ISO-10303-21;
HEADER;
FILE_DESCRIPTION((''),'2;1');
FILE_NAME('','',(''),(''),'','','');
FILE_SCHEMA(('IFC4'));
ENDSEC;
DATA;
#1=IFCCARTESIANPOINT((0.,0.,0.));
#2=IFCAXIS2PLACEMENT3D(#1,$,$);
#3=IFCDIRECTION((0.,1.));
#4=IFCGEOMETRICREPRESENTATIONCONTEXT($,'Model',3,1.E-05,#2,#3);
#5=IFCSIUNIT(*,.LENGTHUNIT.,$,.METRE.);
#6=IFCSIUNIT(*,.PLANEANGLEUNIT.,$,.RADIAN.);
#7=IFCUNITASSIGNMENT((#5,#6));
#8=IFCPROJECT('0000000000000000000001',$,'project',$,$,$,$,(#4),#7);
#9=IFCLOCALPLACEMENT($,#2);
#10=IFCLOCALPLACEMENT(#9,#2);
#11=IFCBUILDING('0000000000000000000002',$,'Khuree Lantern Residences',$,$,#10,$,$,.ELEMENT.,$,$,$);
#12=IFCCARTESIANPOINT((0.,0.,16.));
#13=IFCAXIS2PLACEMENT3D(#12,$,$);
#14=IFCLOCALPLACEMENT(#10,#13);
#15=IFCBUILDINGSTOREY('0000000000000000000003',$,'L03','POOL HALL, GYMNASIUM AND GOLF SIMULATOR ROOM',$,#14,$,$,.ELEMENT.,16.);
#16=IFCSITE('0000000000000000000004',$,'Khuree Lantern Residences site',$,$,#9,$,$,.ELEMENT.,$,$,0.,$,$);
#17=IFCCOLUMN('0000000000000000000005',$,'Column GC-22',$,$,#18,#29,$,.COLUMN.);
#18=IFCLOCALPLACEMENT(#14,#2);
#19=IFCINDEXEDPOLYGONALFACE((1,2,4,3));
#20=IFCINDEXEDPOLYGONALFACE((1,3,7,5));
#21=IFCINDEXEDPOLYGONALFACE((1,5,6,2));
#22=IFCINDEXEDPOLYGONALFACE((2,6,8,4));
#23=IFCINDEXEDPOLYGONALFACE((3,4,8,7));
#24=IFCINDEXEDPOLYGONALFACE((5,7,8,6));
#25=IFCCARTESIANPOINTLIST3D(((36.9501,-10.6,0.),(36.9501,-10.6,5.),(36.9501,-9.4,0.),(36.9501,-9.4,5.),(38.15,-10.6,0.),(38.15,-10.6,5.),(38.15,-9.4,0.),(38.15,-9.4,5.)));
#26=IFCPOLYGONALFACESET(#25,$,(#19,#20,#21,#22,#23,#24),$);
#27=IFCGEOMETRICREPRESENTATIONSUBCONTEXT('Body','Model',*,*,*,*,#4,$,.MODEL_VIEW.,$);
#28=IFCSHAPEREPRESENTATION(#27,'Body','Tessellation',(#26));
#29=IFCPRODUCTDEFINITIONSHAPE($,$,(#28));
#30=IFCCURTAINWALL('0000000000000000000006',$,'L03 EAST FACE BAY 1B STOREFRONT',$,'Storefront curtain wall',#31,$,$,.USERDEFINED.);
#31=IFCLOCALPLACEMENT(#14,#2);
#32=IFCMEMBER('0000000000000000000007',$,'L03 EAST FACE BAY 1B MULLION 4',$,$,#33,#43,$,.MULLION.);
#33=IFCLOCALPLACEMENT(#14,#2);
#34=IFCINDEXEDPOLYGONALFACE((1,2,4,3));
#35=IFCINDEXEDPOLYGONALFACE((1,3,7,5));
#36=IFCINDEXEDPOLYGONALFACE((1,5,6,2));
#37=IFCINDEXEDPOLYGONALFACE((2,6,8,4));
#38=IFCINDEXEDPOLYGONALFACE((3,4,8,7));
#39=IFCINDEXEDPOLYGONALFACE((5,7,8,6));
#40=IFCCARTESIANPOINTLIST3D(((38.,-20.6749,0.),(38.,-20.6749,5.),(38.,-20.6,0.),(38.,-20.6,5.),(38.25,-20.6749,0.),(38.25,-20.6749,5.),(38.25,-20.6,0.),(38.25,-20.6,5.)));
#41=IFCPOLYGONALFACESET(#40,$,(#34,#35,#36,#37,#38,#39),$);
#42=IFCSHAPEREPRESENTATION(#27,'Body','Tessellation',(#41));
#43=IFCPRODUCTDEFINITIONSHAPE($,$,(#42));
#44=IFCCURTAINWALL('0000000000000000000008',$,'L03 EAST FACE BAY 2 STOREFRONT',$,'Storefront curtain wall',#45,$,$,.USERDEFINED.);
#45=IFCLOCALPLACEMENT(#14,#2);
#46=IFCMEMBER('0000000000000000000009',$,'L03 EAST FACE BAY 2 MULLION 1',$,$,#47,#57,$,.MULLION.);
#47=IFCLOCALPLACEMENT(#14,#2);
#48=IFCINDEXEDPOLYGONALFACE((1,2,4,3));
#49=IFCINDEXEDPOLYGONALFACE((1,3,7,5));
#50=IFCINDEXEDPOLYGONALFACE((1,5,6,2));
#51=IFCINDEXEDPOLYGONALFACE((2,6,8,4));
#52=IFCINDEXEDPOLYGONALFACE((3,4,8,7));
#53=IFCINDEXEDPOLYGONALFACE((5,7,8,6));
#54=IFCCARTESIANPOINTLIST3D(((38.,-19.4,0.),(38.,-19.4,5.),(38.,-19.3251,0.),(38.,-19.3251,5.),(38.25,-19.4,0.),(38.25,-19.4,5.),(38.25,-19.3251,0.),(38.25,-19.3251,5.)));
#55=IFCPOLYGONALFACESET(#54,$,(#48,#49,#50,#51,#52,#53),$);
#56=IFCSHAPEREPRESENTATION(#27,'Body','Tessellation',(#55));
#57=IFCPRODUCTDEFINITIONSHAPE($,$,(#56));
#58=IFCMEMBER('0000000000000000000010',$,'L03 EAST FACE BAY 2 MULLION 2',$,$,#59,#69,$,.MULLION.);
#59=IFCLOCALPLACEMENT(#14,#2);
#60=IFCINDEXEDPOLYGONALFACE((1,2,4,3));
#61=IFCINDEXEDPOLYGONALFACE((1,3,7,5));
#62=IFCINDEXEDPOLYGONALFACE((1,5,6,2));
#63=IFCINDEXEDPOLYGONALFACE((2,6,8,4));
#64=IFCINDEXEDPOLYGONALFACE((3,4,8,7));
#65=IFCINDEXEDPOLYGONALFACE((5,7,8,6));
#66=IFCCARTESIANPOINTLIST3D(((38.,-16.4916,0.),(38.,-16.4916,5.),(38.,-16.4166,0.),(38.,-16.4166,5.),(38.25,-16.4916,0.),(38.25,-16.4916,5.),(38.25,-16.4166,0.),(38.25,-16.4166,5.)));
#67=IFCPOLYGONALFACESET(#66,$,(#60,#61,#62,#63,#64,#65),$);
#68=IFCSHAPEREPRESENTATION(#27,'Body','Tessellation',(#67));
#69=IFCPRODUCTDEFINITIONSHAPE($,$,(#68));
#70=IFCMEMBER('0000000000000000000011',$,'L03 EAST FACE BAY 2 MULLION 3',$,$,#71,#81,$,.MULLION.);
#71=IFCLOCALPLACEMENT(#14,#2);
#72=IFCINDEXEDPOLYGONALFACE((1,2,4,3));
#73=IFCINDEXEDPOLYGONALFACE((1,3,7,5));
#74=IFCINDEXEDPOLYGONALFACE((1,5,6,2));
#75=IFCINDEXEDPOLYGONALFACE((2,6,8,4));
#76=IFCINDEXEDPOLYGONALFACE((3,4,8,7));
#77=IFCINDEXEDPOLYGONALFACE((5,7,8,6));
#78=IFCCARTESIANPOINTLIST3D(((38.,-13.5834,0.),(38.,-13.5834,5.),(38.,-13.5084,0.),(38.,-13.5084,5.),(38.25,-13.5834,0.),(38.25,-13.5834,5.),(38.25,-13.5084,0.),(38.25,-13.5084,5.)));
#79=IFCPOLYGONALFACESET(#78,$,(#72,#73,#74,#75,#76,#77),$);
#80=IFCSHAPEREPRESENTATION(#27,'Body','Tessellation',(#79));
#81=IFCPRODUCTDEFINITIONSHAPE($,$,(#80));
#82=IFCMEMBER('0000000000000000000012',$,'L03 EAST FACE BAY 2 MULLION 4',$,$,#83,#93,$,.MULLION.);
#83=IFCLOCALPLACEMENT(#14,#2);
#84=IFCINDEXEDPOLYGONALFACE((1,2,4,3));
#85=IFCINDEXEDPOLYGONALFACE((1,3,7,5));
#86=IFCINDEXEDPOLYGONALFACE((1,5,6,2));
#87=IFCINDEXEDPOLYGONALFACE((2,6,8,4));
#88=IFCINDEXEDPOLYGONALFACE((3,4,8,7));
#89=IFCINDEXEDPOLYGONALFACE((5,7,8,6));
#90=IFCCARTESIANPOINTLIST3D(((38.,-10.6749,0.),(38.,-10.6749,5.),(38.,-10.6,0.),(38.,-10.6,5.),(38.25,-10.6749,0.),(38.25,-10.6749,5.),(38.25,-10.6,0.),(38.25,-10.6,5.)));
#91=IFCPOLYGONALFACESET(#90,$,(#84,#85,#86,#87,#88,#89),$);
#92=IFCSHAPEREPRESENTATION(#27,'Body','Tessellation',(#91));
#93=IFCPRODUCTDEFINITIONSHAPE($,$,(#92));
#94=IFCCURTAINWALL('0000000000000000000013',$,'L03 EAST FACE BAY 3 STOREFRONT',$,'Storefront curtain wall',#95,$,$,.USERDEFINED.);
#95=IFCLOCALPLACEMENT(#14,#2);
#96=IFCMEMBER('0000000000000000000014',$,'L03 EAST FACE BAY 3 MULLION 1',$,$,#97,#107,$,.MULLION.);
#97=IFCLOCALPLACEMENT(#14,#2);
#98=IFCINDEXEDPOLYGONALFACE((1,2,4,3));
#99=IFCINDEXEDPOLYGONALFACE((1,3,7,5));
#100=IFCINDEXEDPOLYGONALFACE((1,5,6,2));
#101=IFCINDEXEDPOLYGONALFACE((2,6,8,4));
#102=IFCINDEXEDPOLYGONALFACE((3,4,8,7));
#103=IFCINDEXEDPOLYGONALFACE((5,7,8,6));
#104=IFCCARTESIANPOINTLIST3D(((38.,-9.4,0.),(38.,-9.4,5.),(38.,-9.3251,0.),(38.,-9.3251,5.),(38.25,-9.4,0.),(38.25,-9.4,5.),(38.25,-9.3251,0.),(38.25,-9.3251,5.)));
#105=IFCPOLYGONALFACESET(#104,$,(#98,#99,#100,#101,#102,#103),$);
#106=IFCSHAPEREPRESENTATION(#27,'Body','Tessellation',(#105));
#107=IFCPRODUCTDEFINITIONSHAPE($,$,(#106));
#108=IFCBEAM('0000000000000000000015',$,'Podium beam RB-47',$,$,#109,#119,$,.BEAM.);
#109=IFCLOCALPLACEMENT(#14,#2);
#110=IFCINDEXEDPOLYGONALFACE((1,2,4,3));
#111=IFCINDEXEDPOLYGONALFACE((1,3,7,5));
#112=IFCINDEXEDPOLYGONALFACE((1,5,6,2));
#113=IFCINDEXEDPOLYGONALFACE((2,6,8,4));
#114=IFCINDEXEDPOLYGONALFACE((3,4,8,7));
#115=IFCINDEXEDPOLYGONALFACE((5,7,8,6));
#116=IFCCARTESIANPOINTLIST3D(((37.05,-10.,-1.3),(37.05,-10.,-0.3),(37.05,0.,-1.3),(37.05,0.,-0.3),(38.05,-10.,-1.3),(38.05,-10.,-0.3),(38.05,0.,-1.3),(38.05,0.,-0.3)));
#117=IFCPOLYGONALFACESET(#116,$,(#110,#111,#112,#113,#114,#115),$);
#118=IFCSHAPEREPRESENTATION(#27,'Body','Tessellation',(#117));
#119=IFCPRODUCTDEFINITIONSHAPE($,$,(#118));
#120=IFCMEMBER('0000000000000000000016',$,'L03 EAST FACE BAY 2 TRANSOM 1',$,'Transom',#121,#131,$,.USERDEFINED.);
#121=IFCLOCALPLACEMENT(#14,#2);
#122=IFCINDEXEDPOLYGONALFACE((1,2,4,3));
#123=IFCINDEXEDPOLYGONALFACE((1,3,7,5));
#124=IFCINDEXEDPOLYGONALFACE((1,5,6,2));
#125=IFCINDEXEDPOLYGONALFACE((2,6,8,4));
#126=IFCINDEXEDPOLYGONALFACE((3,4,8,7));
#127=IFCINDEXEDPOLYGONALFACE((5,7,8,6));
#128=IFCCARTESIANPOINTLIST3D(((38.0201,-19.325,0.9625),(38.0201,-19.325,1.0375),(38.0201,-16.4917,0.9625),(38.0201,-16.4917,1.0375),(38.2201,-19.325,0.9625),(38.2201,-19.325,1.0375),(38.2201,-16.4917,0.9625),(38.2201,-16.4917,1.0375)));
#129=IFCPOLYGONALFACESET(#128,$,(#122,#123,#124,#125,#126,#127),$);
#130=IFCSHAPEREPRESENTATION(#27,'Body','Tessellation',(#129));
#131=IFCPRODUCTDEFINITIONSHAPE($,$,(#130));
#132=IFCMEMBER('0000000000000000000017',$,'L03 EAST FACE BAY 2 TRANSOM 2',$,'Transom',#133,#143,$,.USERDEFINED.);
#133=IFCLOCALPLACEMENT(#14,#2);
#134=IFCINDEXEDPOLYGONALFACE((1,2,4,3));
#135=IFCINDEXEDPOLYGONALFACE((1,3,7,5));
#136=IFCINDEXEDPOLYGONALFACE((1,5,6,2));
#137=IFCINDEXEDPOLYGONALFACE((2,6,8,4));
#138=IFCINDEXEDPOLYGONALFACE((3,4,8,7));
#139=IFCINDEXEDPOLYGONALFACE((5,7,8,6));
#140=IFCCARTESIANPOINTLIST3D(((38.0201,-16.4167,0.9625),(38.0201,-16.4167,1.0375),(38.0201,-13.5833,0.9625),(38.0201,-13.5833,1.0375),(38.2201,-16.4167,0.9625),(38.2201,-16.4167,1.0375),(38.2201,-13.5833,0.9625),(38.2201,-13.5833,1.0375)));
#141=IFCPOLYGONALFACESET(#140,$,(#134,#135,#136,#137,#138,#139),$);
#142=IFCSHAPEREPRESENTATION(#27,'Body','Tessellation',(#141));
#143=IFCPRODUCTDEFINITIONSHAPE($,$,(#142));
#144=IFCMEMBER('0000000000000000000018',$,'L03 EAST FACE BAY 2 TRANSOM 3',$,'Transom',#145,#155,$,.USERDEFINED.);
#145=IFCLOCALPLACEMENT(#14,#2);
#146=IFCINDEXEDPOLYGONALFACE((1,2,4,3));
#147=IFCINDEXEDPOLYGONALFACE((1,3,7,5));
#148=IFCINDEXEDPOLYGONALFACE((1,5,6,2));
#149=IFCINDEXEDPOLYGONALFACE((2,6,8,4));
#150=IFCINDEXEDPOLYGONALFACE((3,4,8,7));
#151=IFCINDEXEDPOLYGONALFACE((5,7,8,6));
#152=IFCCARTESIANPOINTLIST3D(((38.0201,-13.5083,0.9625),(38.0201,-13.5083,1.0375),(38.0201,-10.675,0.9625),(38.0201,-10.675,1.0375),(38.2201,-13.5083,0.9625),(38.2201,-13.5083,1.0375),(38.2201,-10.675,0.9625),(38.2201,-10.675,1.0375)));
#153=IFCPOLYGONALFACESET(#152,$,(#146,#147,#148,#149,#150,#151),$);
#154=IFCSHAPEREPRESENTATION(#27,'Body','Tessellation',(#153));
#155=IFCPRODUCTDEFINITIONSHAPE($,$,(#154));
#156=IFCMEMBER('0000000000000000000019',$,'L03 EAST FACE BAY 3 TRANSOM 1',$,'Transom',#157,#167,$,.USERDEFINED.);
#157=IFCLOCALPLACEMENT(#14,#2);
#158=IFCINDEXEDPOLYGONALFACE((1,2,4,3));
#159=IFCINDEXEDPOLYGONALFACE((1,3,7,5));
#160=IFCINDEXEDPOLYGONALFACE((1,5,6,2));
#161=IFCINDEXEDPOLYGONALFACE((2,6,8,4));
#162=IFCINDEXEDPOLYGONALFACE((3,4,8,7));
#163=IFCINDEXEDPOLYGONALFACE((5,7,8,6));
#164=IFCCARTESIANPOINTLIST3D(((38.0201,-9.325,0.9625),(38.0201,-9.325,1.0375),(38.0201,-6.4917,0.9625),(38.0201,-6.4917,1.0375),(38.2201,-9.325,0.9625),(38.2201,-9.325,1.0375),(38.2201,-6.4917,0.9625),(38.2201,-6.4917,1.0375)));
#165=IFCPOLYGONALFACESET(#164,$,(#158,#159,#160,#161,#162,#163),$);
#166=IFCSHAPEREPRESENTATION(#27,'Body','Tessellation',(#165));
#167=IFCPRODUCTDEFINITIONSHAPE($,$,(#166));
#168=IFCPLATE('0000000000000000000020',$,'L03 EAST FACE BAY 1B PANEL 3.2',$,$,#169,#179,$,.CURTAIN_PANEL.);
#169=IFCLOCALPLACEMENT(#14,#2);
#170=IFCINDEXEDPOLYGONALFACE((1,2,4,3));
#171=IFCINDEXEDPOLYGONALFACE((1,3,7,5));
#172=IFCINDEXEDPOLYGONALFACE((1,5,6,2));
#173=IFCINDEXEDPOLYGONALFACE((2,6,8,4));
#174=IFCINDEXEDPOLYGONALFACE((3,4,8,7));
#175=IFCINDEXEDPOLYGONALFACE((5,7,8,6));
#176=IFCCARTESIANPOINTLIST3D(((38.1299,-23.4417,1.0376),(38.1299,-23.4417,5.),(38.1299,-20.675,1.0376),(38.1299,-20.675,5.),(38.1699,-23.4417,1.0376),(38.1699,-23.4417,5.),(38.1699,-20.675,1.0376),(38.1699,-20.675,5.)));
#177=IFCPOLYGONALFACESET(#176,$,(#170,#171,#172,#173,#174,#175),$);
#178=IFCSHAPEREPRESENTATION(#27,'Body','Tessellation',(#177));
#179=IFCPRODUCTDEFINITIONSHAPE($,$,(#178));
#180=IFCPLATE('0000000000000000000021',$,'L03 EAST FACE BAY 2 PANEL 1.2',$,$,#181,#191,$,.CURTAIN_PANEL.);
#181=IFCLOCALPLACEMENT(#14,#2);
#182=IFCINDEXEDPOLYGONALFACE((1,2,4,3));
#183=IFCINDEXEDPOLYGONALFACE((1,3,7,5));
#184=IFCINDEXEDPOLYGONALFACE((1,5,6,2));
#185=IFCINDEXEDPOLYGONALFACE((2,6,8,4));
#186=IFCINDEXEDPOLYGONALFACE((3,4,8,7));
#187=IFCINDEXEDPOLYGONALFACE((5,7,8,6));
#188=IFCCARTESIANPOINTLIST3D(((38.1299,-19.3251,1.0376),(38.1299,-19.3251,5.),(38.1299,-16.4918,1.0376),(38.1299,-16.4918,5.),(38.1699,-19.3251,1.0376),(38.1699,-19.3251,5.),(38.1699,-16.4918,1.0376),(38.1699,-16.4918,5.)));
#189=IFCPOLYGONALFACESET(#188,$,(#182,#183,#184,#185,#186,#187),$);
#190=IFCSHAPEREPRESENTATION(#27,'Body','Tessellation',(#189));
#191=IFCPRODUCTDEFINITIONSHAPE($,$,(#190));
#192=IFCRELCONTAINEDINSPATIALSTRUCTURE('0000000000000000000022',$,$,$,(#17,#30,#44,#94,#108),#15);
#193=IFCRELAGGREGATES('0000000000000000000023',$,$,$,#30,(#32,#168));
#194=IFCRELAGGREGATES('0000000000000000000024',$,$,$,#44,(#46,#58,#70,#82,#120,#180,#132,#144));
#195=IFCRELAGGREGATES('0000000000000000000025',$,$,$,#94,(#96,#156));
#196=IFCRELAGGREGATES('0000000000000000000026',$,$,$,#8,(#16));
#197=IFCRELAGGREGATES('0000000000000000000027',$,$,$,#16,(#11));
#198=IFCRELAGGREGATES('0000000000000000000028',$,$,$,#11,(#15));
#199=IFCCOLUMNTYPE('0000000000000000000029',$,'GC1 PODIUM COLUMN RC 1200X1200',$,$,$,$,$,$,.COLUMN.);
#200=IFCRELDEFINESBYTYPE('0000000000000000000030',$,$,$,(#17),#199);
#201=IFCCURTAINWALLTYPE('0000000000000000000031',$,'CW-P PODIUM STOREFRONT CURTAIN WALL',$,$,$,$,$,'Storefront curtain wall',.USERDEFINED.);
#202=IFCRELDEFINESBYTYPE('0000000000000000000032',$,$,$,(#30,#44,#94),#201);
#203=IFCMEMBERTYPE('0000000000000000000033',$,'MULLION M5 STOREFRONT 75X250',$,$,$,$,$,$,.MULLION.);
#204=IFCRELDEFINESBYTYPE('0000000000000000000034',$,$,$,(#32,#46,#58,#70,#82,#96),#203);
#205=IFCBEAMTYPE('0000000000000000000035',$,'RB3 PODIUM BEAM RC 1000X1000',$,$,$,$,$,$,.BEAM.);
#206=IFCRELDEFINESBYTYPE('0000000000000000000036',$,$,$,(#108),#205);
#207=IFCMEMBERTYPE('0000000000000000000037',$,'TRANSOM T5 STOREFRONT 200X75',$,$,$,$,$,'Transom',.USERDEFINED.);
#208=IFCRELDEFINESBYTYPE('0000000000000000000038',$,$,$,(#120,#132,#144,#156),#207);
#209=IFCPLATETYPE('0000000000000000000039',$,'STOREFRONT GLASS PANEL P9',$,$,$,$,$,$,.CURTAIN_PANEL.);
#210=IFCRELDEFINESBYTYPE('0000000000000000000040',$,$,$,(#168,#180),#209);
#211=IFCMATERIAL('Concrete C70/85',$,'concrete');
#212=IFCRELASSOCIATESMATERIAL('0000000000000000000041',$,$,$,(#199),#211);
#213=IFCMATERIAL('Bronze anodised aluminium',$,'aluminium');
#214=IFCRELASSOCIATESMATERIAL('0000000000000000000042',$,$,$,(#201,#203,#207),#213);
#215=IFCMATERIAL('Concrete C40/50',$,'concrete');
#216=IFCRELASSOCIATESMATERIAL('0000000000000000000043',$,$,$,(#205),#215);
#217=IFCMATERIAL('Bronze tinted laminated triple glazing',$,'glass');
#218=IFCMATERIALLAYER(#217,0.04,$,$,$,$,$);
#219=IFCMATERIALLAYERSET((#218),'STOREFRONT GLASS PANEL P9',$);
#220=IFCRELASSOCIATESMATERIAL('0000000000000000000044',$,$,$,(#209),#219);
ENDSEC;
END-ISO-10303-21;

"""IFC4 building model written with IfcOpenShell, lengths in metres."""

from ifc_helpers import new_model, si_unit, direction, frame, origin, origin_2d, place, context, subcontext, project, spatial, rectangle, extrude, material, layer, layer_set, material_profile, profile_set, type_object, element, aggregate, save


model = new_model("IFC4")

# Units and contexts
model_context = context("Model", 3, precision=1e-05, world=origin(), true_north=direction((0.0, 1.0)))
body_context = subcontext(model_context, "Body", "Model", "MODEL_VIEW")
ifc_project = project(units=[si_unit("LENGTHUNIT", "METRE"), si_unit("PLANEANGLEUNIT", "RADIAN")], contexts=[model_context])

# Site, building, storey
site_placement = place(None, origin())
site = spatial("IfcSite", under=ifc_project, at=site_placement, Name="Khuree Lantern Residences site", CompositionType="ELEMENT", RefElevation=0.0)
building_placement = place(site_placement, origin())
building = spatial("IfcBuilding", under=site, at=building_placement, Name="Khuree Lantern Residences", CompositionType="ELEMENT")
storey_placement = place(building_placement, frame((0.0, 0.0, 16.0)))
storey = spatial("IfcBuildingStorey", under=building, at=storey_placement, Name="L03", Description="POOL HALL, GYMNASIUM AND GOLF SIMULATOR ROOM", CompositionType="ELEMENT", Elevation=16.0)

# Column
ifc_material_1 = material(Name="Concrete C70/85", Category="concrete")
ifc_material_profile_1 = material_profile(ifc_material_1, rectangle(XDim=1.2, YDim=1.2, at=origin_2d()), Name="RC 1200X1200")
ifc_profile_set_1 = profile_set([ifc_material_profile_1], Name="Concrete C70/85")
column_type = type_object("IfcColumnType", Name="GC1 PODIUM COLUMN RC 1200X1200", PredefinedType="COLUMN", material=ifc_profile_set_1)
column_placement = place(storey_placement, frame((37.55, -10.0, 0.0), z_axis=(0.0, 0.0, 1.0), x_axis=(1.0, 0.0, 0.0)))
element("IfcColumn", 1, at=column_placement, inside=storey, type_object=column_type, Name="Column GC-22", PredefinedType="COLUMN", context=body_context, shape_type="SweptSolid", body=[
    extrude(rectangle(XDim=1.2, YDim=1.2, at=origin_2d()), origin(), (0.0, 0.0, 1.0), 5.0),
])

# Curtain wall, member
ifc_material_2 = material(Name="Bronze anodised aluminium", Category="aluminium")
curtain_wall_type = type_object("IfcCurtainWallType", Name="CW-P PODIUM STOREFRONT CURTAIN WALL", ElementType="Storefront curtain wall", PredefinedType="USERDEFINED", material=ifc_material_2)
curtain_wall_1_placement = place(storey_placement, origin())
curtain_wall_1 = element("IfcCurtainWall", 2, at=curtain_wall_1_placement, inside=storey, type_object=curtain_wall_type, Name="L03 EAST FACE BAY 1B STOREFRONT", ObjectType="Storefront curtain wall", PredefinedType="USERDEFINED")
ifc_material_profile_2 = material_profile(ifc_material_2, rectangle(XDim=0.075, YDim=0.25, at=origin_2d()), Name="M5 75X250")
ifc_profile_set_2 = profile_set([ifc_material_profile_2], Name="Bronze anodised aluminium")
member_type_1 = type_object("IfcMemberType", Name="MULLION M5 STOREFRONT 75X250", PredefinedType="MULLION", material=ifc_profile_set_2)
member_1_placement = place(storey_placement, frame((38.125, -20.6375, 0.0), z_axis=(0.0, 0.0, 1.0), x_axis=(0.0, 1.0, 0.0)))
member_1 = element("IfcMember", 3, at=member_1_placement, type_object=member_type_1, Name="L03 EAST FACE BAY 1B MULLION 4", PredefinedType="MULLION", context=body_context, shape_type="SweptSolid", body=[
    extrude(rectangle(XDim=0.075, YDim=0.25, at=origin_2d()), origin(), (0.0, 0.0, 1.0), 5.0),
])

# Curtain wall, members
curtain_wall_2_placement = place(storey_placement, origin())
curtain_wall_2 = element("IfcCurtainWall", 4, at=curtain_wall_2_placement, inside=storey, type_object=curtain_wall_type, Name="L03 EAST FACE BAY 2 STOREFRONT", ObjectType="Storefront curtain wall", PredefinedType="USERDEFINED")
member_2_placement = place(storey_placement, frame((38.125, -19.3625, 0.0), z_axis=(0.0, 0.0, 1.0), x_axis=(0.0, 1.0, 0.0)))
member_2 = element("IfcMember", 5, at=member_2_placement, type_object=member_type_1, Name="L03 EAST FACE BAY 2 MULLION 1", PredefinedType="MULLION", context=body_context, shape_type="SweptSolid", body=[
    extrude(rectangle(XDim=0.075, YDim=0.25, at=origin_2d()), origin(), (0.0, 0.0, 1.0), 5.0),
])
member_3_placement = place(storey_placement, frame((38.125, -16.4541, 0.0), z_axis=(0.0, 0.0, 1.0), x_axis=(0.0, 1.0, 0.0)))
member_3 = element("IfcMember", 6, at=member_3_placement, type_object=member_type_1, Name="L03 EAST FACE BAY 2 MULLION 2", PredefinedType="MULLION", context=body_context, shape_type="SweptSolid", body=[
    extrude(rectangle(XDim=0.075, YDim=0.25, at=origin_2d()), origin(), (0.0, 0.0, 1.0), 5.0),
])
member_4_placement = place(storey_placement, frame((38.125, -13.5459, 0.0), z_axis=(0.0, 0.0, 1.0), x_axis=(0.0, 1.0, 0.0)))
member_4 = element("IfcMember", 7, at=member_4_placement, type_object=member_type_1, Name="L03 EAST FACE BAY 2 MULLION 3", PredefinedType="MULLION", context=body_context, shape_type="SweptSolid", body=[
    extrude(rectangle(XDim=0.075, YDim=0.25, at=origin_2d()), origin(), (0.0, 0.0, 1.0), 5.0),
])
member_5_placement = place(storey_placement, frame((38.125, -10.6375, 0.0), z_axis=(0.0, 0.0, 1.0), x_axis=(0.0, 1.0, 0.0)))
member_5 = element("IfcMember", 8, at=member_5_placement, type_object=member_type_1, Name="L03 EAST FACE BAY 2 MULLION 4", PredefinedType="MULLION", context=body_context, shape_type="SweptSolid", body=[
    extrude(rectangle(XDim=0.075, YDim=0.25, at=origin_2d()), origin(), (0.0, 0.0, 1.0), 5.0),
])

# Curtain wall, member
curtain_wall_3_placement = place(storey_placement, origin())
curtain_wall_3 = element("IfcCurtainWall", 9, at=curtain_wall_3_placement, inside=storey, type_object=curtain_wall_type, Name="L03 EAST FACE BAY 3 STOREFRONT", ObjectType="Storefront curtain wall", PredefinedType="USERDEFINED")
member_6_placement = place(storey_placement, frame((38.125, -9.3625, 0.0), z_axis=(0.0, 0.0, 1.0), x_axis=(0.0, 1.0, 0.0)))
member_6 = element("IfcMember", 10, at=member_6_placement, type_object=member_type_1, Name="L03 EAST FACE BAY 3 MULLION 1", PredefinedType="MULLION", context=body_context, shape_type="SweptSolid", body=[
    extrude(rectangle(XDim=0.075, YDim=0.25, at=origin_2d()), origin(), (0.0, 0.0, 1.0), 5.0),
])

# Beam
ifc_material_3 = material(Name="Concrete C40/50", Category="concrete")
ifc_material_profile_3 = material_profile(ifc_material_3, rectangle(XDim=1.0, YDim=1.0, at=origin_2d()), Name="RC 1000X1000")
ifc_profile_set_3 = profile_set([ifc_material_profile_3], Name="Concrete C40/50")
beam_type = type_object("IfcBeamType", Name="RB3 PODIUM BEAM RC 1000X1000", PredefinedType="BEAM", material=ifc_profile_set_3)
beam_placement = place(storey_placement, frame((37.55, -10.0, -0.8), z_axis=(0.0, 1.0, 0.0), x_axis=(-1.0, 0.0, 0.0)))
element("IfcBeam", 11, at=beam_placement, inside=storey, type_object=beam_type, Name="Podium beam RB-47", PredefinedType="BEAM", context=body_context, shape_type="SweptSolid", body=[
    extrude(rectangle(XDim=1.0, YDim=1.0, at=origin_2d()), origin(), (0.0, 0.0, 1.0), 10.0),
])

# Members
ifc_material_profile_4 = material_profile(ifc_material_2, rectangle(XDim=0.2, YDim=0.075, at=origin_2d()), Name="T5 200X75")
ifc_profile_set_4 = profile_set([ifc_material_profile_4], Name="Bronze anodised aluminium")
member_type_2 = type_object("IfcMemberType", Name="TRANSOM T5 STOREFRONT 200X75", ElementType="Transom", PredefinedType="USERDEFINED", material=ifc_profile_set_4)
member_7_placement = place(storey_placement, frame((38.1201, -19.325, 1.0), z_axis=(0.0, 1.0, 0.0), x_axis=(-1.0, 0.0, 0.0)))
member_7 = element("IfcMember", 12, at=member_7_placement, type_object=member_type_2, Name="L03 EAST FACE BAY 2 TRANSOM 1", ObjectType="Transom", PredefinedType="USERDEFINED", context=body_context, shape_type="SweptSolid", body=[
    extrude(rectangle(XDim=0.2, YDim=0.075, at=origin_2d()), origin(), (0.0, 0.0, 1.0), 2.8333),
])
member_8_placement = place(storey_placement, frame((38.1201, -16.4167, 1.0), z_axis=(0.0, 1.0, 0.0), x_axis=(-1.0, 0.0, 0.0)))
member_8 = element("IfcMember", 13, at=member_8_placement, type_object=member_type_2, Name="L03 EAST FACE BAY 2 TRANSOM 2", ObjectType="Transom", PredefinedType="USERDEFINED", context=body_context, shape_type="SweptSolid", body=[
    extrude(rectangle(XDim=0.2, YDim=0.075, at=origin_2d()), origin(), (0.0, 0.0, 1.0), 2.8335),
])
member_9_placement = place(storey_placement, frame((38.1201, -13.5083, 1.0), z_axis=(0.0, 1.0, 0.0), x_axis=(-1.0, 0.0, 0.0)))
member_9 = element("IfcMember", 14, at=member_9_placement, type_object=member_type_2, Name="L03 EAST FACE BAY 2 TRANSOM 3", ObjectType="Transom", PredefinedType="USERDEFINED", context=body_context, shape_type="SweptSolid", body=[
    extrude(rectangle(XDim=0.2, YDim=0.075, at=origin_2d()), origin(), (0.0, 0.0, 1.0), 2.8333),
])
member_10_placement = place(storey_placement, frame((38.1201, -9.325, 1.0), z_axis=(0.0, 1.0, 0.0), x_axis=(-1.0, 0.0, 0.0)))
member_10 = element("IfcMember", 15, at=member_10_placement, type_object=member_type_2, Name="L03 EAST FACE BAY 3 TRANSOM 1", ObjectType="Transom", PredefinedType="USERDEFINED", context=body_context, shape_type="SweptSolid", body=[
    extrude(rectangle(XDim=0.2, YDim=0.075, at=origin_2d()), origin(), (0.0, 0.0, 1.0), 2.8333),
])

# Plates
ifc_material_4 = material(Name="Bronze tinted laminated triple glazing", Category="glass")
ifc_layer_1 = layer(ifc_material_4, 0.04)
ifc_layer_set_1 = layer_set([ifc_layer_1], Name="STOREFRONT GLASS PANEL P9")
plate_type_1 = type_object("IfcPlateType", Name="STOREFRONT GLASS PANEL P9", PredefinedType="CURTAIN_PANEL", material=ifc_layer_set_1)
plate_1_placement = place(storey_placement, frame((38.1499, -22.0583, 1.0376), z_axis=(0.0, 0.0, 1.0), x_axis=(0.0, 1.0, 0.0)))
plate_1 = element("IfcPlate", 16, at=plate_1_placement, type_object=plate_type_1, Name="L03 EAST FACE BAY 1B PANEL 3.2", PredefinedType="CURTAIN_PANEL", context=body_context, shape_type="SweptSolid", body=[
    extrude(rectangle(XDim=2.7666, YDim=0.04, at=origin_2d()), origin(), (0.0, 0.0, 1.0), 3.9624),
])
aggregate(curtain_wall_1, [member_1, plate_1])
plate_2_placement = place(storey_placement, frame((38.1499, -17.9084, 1.0376), z_axis=(0.0, 0.0, 1.0), x_axis=(0.0, 1.0, 0.0)))
plate_2 = element("IfcPlate", 17, at=plate_2_placement, type_object=plate_type_1, Name="L03 EAST FACE BAY 2 PANEL 1.2", PredefinedType="CURTAIN_PANEL", context=body_context, shape_type="SweptSolid", body=[
    extrude(rectangle(XDim=2.8333, YDim=0.04, at=origin_2d()), origin(), (0.0, 0.0, 1.0), 3.9624),
])
aggregate(curtain_wall_2, [member_2, member_3, member_4, member_5, member_7, plate_2, member_8, member_9])
aggregate(curtain_wall_3, [member_6, member_10])

save(model, "model.ifc")
